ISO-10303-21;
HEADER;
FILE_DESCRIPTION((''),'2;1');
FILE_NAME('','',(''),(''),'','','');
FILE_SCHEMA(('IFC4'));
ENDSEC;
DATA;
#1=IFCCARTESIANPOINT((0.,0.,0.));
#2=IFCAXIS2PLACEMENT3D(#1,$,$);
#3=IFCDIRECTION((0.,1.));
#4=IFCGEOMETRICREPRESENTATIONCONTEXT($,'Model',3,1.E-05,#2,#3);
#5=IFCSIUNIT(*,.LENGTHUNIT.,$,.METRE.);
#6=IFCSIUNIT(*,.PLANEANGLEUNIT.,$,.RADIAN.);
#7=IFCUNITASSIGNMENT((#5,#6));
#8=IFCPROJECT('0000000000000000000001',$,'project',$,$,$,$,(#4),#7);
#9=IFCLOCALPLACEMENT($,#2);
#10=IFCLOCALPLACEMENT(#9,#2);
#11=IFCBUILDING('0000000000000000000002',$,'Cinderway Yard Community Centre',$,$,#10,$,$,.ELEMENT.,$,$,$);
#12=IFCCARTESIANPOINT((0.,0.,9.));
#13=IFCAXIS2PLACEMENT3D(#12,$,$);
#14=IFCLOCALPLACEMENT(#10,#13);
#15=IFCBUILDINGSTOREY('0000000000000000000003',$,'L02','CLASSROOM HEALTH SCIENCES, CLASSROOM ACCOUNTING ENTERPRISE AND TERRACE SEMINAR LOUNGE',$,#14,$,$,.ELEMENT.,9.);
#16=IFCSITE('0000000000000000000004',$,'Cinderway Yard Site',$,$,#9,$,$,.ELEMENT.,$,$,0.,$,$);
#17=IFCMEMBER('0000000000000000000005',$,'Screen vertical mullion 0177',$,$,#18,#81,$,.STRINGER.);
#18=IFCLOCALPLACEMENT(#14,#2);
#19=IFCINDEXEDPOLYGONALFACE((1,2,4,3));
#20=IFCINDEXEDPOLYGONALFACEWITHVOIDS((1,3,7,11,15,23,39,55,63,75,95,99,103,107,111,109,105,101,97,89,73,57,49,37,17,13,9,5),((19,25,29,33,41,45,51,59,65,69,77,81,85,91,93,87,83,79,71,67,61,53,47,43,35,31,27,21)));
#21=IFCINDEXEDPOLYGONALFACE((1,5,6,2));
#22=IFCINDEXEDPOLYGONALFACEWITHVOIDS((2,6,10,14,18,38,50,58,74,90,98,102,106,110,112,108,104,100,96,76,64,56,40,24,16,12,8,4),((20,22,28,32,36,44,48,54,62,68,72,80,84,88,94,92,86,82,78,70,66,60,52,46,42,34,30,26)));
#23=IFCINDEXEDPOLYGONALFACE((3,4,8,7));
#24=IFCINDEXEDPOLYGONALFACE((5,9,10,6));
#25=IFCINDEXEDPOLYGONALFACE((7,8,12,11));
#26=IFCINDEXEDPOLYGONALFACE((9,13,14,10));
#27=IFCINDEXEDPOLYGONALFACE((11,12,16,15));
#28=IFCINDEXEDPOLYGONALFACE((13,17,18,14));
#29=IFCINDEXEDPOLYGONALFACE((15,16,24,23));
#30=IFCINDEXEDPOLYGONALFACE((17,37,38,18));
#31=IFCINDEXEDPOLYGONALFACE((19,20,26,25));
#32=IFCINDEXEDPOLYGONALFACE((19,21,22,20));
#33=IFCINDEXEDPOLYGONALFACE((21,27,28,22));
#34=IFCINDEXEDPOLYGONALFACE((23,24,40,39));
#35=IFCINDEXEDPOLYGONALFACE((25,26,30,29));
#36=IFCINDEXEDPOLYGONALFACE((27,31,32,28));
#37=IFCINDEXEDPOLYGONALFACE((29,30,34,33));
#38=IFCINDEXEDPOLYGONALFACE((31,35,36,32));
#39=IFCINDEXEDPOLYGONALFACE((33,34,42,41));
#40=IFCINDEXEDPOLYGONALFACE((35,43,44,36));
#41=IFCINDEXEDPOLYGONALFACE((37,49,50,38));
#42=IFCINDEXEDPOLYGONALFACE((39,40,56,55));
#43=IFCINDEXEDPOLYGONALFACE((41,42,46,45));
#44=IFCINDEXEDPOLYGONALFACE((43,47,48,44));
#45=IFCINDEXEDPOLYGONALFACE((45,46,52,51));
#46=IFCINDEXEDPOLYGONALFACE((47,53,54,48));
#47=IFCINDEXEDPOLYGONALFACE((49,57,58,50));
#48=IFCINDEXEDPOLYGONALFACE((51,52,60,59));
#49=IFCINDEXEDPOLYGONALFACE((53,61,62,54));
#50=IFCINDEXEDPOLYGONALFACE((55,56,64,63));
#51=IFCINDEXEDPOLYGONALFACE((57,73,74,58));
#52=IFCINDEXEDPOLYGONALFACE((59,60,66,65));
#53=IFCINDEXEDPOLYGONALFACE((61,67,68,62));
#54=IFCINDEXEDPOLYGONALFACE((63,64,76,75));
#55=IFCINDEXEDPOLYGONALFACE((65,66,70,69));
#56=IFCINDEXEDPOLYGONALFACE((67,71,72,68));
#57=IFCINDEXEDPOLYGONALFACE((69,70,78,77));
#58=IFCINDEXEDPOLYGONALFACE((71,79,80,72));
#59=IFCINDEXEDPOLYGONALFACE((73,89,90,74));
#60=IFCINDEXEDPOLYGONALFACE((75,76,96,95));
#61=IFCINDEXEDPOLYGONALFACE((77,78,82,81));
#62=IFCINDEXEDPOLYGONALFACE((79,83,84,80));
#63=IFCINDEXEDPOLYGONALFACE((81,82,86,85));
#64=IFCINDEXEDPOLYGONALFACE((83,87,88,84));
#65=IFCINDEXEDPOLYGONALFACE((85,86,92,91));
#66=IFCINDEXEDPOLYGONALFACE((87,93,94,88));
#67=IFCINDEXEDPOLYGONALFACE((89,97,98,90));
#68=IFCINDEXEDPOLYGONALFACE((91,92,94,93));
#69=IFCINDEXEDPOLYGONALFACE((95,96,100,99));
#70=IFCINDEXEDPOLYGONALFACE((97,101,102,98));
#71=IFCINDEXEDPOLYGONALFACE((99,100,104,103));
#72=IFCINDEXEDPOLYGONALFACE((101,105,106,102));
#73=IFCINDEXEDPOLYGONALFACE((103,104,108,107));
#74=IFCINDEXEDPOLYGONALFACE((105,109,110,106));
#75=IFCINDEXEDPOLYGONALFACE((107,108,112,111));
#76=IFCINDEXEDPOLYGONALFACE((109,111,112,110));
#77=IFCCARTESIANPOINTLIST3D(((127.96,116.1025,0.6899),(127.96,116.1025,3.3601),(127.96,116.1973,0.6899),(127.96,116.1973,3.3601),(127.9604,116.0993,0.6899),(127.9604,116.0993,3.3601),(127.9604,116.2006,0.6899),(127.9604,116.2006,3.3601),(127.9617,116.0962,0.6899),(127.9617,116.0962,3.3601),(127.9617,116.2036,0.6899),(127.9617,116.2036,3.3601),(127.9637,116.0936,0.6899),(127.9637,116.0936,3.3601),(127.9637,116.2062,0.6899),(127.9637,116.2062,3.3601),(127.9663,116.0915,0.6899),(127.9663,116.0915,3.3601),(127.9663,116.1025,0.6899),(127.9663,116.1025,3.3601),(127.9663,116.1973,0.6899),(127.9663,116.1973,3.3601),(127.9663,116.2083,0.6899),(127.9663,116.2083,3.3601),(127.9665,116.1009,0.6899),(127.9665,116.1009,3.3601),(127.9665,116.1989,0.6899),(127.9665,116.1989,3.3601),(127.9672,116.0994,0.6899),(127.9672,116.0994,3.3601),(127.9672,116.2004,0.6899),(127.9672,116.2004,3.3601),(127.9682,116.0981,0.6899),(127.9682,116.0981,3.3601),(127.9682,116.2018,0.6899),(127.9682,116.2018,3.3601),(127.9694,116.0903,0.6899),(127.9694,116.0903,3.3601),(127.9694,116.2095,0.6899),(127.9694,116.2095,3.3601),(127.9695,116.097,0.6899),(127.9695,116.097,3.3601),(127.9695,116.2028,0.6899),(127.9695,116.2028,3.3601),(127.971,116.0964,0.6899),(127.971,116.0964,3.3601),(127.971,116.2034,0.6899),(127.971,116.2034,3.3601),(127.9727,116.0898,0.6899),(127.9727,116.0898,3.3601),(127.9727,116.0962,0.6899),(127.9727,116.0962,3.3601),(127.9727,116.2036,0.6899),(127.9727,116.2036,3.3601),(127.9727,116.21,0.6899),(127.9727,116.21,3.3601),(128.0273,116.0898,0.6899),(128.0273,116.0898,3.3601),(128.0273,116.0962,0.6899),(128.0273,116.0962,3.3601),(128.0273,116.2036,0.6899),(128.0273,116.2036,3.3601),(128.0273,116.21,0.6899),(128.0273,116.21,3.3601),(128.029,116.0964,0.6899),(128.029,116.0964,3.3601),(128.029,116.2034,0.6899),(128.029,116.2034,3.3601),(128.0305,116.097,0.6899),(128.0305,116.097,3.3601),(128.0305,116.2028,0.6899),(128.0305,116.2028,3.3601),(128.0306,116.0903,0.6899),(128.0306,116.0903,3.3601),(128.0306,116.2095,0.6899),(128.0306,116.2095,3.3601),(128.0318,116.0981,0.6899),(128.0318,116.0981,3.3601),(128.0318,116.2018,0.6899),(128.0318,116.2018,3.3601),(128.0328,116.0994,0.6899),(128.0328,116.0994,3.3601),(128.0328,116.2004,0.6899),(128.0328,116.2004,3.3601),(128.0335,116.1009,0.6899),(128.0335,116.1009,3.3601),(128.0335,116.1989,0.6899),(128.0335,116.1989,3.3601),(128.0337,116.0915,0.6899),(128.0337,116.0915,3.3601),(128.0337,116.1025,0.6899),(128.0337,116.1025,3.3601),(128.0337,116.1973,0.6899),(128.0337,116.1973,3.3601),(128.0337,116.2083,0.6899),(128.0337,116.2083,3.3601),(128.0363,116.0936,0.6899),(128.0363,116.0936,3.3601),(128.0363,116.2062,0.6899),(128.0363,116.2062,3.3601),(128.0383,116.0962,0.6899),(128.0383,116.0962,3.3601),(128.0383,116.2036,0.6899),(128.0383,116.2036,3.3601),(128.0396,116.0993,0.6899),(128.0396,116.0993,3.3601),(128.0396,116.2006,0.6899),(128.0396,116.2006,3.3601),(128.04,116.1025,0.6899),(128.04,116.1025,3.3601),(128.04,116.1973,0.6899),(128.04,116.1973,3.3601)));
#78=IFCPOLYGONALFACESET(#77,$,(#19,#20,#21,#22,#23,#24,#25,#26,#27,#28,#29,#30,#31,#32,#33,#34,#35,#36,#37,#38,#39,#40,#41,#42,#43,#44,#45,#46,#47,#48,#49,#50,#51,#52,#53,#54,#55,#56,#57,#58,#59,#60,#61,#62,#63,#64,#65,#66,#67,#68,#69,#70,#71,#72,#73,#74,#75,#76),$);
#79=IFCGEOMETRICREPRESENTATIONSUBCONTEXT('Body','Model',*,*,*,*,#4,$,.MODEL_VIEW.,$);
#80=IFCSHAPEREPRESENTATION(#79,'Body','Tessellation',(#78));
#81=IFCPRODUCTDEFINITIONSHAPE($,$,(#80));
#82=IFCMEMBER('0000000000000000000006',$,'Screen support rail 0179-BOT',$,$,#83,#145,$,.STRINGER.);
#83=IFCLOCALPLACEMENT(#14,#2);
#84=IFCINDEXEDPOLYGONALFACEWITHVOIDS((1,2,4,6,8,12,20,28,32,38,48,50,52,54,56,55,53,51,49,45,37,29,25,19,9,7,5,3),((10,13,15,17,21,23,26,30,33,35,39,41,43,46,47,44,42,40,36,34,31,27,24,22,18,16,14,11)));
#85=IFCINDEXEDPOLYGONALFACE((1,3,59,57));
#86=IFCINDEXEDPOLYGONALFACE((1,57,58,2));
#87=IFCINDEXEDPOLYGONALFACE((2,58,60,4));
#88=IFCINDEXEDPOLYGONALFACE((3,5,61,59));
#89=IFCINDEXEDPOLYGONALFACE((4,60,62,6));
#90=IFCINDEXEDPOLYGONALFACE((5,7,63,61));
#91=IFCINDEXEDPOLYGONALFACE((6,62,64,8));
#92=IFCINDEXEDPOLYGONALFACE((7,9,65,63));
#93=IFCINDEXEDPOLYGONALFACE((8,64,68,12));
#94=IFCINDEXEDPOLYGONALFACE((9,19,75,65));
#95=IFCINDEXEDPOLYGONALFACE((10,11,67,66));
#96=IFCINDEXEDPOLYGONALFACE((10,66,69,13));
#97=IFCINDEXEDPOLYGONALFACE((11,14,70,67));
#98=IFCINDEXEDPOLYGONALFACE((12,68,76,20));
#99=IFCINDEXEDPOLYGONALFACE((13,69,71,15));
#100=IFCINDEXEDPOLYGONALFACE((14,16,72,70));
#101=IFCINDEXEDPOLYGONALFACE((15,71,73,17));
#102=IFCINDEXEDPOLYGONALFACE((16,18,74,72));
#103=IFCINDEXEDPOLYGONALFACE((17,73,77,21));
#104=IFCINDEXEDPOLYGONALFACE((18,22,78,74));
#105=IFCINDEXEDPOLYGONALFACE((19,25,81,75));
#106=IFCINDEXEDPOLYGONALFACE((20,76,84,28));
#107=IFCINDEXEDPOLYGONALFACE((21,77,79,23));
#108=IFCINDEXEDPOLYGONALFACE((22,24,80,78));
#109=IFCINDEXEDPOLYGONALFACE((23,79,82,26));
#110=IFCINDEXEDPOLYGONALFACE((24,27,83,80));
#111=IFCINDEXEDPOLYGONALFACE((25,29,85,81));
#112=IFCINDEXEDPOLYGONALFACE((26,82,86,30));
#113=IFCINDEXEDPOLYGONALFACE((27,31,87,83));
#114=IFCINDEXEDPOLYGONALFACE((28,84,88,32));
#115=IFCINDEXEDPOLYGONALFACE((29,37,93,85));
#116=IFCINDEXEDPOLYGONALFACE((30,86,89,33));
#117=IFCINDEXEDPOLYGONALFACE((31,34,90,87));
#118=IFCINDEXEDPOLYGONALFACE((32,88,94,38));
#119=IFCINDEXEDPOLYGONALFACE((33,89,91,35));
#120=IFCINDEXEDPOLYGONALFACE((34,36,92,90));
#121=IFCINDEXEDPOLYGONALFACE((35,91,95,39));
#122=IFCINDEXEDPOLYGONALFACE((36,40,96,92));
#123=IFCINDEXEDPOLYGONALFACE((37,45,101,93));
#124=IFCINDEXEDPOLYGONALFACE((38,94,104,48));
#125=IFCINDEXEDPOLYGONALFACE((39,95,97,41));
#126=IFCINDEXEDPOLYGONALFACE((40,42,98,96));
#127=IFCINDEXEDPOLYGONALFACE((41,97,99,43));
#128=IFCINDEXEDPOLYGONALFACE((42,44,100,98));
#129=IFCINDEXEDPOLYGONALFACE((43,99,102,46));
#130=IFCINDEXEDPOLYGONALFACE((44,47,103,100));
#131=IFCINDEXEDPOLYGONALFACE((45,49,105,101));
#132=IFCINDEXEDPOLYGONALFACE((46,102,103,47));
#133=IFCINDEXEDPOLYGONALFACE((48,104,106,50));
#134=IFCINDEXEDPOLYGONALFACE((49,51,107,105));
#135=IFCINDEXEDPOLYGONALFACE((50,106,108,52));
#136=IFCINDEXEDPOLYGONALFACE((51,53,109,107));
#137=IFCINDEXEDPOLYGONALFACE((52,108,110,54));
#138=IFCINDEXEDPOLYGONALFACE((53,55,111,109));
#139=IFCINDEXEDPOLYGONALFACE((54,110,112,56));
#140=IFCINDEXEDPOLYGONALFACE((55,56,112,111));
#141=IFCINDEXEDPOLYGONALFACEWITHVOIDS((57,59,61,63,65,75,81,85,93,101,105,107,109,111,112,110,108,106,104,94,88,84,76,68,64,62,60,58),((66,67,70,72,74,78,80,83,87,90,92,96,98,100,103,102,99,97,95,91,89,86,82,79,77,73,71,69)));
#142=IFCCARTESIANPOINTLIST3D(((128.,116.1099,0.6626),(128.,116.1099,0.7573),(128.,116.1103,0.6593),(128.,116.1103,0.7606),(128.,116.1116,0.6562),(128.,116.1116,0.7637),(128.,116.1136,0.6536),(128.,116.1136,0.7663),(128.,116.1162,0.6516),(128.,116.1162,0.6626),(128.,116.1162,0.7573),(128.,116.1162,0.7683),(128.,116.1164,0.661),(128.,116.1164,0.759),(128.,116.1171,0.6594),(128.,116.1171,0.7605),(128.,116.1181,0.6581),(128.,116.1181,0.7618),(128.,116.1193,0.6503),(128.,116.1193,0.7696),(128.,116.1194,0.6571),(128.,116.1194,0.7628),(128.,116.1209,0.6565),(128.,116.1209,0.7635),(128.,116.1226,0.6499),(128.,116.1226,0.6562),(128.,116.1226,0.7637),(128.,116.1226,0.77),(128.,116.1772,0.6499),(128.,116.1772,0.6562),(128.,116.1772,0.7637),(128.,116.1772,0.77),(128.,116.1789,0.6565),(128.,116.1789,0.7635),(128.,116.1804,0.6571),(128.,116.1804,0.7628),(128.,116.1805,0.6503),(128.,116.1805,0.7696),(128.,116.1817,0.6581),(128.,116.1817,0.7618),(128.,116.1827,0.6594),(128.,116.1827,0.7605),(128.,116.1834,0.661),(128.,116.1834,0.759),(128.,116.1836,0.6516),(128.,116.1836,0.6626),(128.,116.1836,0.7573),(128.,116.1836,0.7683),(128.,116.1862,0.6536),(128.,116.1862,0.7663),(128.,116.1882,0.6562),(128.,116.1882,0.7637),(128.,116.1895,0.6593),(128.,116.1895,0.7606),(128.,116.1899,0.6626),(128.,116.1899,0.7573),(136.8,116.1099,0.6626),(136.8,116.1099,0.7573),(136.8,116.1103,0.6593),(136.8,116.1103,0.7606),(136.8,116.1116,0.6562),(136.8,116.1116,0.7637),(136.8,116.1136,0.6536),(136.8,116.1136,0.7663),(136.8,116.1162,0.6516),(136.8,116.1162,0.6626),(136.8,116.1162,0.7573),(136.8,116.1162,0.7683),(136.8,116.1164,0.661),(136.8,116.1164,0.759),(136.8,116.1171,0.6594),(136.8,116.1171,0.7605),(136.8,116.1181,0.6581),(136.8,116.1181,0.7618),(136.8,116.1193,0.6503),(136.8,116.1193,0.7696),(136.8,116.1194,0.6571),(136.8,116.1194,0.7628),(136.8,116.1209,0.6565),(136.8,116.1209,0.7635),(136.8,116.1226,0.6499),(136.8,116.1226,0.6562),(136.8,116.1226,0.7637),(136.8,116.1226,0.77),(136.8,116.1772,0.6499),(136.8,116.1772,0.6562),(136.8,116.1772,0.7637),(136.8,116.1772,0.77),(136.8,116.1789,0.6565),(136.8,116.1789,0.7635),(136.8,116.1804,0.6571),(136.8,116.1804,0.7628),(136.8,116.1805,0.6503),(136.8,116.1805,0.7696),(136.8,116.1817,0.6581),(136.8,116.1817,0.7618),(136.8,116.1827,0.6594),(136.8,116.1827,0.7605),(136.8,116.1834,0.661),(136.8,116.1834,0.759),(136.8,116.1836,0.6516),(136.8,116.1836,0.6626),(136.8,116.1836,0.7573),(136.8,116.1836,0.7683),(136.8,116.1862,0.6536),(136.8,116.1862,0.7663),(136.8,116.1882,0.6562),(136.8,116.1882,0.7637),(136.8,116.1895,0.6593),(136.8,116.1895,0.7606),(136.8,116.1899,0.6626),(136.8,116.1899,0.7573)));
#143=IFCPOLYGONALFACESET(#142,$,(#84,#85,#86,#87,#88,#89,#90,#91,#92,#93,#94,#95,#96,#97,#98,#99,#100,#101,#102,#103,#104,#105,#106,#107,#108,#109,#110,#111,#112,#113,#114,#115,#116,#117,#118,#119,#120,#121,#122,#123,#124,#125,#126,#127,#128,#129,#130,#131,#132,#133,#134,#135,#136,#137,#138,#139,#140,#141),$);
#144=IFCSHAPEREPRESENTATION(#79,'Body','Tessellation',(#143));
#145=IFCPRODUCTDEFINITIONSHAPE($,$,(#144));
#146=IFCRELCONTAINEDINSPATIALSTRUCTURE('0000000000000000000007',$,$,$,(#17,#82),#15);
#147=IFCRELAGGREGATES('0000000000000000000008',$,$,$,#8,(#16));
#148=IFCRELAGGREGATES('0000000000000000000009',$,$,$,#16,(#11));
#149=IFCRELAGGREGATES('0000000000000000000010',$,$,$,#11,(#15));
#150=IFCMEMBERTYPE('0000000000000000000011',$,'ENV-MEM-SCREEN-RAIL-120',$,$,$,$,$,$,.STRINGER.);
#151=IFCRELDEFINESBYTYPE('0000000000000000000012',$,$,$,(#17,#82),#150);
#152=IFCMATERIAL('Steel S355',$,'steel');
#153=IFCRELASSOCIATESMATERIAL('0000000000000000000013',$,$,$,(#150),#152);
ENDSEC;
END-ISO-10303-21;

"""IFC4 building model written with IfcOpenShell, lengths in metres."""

from ifc_helpers import new_model, si_unit, direction, frame, origin, origin_2d, place, context, subcontext, project, spatial, hollow_rectangle, extrude, material, material_profile, profile_set, type_object, element, save


model = new_model("IFC4")

# Units and contexts
model_context = context("Model", 3, precision=1e-05, world=origin(), true_north=direction((0.0, 1.0)))
body_context = subcontext(model_context, "Body", "Model", "MODEL_VIEW")
ifc_project = project(units=[si_unit("LENGTHUNIT", "METRE"), si_unit("PLANEANGLEUNIT", "RADIAN")], contexts=[model_context])

# Site, building, storey
site_placement = place(None, origin())
site = spatial("IfcSite", under=ifc_project, at=site_placement, Name="Cinderway Yard Site", CompositionType="ELEMENT", RefElevation=0.0)
building_placement = place(site_placement, origin())
building = spatial("IfcBuilding", under=site, at=building_placement, Name="Cinderway Yard Community Centre", CompositionType="ELEMENT")
storey_placement = place(building_placement, frame((0.0, 0.0, 9.0)))
storey = spatial("IfcBuildingStorey", under=building, at=storey_placement, Name="L02", Description="CLASSROOM HEALTH SCIENCES, CLASSROOM ACCOUNTING ENTERPRISE AND TERRACE SEMINAR LOUNGE", CompositionType="ELEMENT", Elevation=9.0)

# Members
ifc_material_1 = material(Name="Steel S355", Category="steel")
ifc_material_profile_1 = material_profile(ifc_material_1, hollow_rectangle(XDim=0.0801, YDim=0.1201, WallThickness=0.0063, InnerFilletRadius=0.0063, OuterFilletRadius=0.0127, at=origin_2d()), Name="Steel S355")
ifc_profile_set_1 = profile_set([ifc_material_profile_1], Name="Steel S355")
member_type_1 = type_object("IfcMemberType", Name="ENV-MEM-SCREEN-RAIL-120", PredefinedType="STRINGER", material=ifc_profile_set_1)
for number, where, z_axis, x_axis, name in (
    (1, (128.0, 116.1499, 0.6899), (0.0, 0.0, 1.0), (1.0, 0.0, 0.0), "Screen vertical mullion 0177"),
):
    element("IfcMember", number, at=place(storey_placement, frame(where, z_axis=z_axis, x_axis=x_axis)), inside=storey, type_object=member_type_1, Name=name, PredefinedType="STRINGER", context=body_context, shape_type="SweptSolid", body=[
        extrude(hollow_rectangle(XDim=0.0801, YDim=0.1201, WallThickness=0.0063, InnerFilletRadius=0.0063, OuterFilletRadius=0.0127, at=origin_2d()), origin(), (0.0, 0.0, 1.0), 2.6702),
    ])
for number, where, z_axis, x_axis, name in (
    (2, (128.0, 116.1499, 0.71), (1.0, 0.0, 0.0), (0.0, 1.0, 0.0), "Screen support rail 0179-BOT"),
):
    element("IfcMember", number, at=place(storey_placement, frame(where, z_axis=z_axis, x_axis=x_axis)), inside=storey, type_object=member_type_1, Name=name, PredefinedType="STRINGER", context=body_context, shape_type="SweptSolid", body=[
        extrude(hollow_rectangle(XDim=0.0801, YDim=0.1201, WallThickness=0.0063, InnerFilletRadius=0.0063, OuterFilletRadius=0.0127, at=origin_2d()), origin(), (0.0, 0.0, 1.0), 8.8),
    ])

save(model, "model.ifc")
